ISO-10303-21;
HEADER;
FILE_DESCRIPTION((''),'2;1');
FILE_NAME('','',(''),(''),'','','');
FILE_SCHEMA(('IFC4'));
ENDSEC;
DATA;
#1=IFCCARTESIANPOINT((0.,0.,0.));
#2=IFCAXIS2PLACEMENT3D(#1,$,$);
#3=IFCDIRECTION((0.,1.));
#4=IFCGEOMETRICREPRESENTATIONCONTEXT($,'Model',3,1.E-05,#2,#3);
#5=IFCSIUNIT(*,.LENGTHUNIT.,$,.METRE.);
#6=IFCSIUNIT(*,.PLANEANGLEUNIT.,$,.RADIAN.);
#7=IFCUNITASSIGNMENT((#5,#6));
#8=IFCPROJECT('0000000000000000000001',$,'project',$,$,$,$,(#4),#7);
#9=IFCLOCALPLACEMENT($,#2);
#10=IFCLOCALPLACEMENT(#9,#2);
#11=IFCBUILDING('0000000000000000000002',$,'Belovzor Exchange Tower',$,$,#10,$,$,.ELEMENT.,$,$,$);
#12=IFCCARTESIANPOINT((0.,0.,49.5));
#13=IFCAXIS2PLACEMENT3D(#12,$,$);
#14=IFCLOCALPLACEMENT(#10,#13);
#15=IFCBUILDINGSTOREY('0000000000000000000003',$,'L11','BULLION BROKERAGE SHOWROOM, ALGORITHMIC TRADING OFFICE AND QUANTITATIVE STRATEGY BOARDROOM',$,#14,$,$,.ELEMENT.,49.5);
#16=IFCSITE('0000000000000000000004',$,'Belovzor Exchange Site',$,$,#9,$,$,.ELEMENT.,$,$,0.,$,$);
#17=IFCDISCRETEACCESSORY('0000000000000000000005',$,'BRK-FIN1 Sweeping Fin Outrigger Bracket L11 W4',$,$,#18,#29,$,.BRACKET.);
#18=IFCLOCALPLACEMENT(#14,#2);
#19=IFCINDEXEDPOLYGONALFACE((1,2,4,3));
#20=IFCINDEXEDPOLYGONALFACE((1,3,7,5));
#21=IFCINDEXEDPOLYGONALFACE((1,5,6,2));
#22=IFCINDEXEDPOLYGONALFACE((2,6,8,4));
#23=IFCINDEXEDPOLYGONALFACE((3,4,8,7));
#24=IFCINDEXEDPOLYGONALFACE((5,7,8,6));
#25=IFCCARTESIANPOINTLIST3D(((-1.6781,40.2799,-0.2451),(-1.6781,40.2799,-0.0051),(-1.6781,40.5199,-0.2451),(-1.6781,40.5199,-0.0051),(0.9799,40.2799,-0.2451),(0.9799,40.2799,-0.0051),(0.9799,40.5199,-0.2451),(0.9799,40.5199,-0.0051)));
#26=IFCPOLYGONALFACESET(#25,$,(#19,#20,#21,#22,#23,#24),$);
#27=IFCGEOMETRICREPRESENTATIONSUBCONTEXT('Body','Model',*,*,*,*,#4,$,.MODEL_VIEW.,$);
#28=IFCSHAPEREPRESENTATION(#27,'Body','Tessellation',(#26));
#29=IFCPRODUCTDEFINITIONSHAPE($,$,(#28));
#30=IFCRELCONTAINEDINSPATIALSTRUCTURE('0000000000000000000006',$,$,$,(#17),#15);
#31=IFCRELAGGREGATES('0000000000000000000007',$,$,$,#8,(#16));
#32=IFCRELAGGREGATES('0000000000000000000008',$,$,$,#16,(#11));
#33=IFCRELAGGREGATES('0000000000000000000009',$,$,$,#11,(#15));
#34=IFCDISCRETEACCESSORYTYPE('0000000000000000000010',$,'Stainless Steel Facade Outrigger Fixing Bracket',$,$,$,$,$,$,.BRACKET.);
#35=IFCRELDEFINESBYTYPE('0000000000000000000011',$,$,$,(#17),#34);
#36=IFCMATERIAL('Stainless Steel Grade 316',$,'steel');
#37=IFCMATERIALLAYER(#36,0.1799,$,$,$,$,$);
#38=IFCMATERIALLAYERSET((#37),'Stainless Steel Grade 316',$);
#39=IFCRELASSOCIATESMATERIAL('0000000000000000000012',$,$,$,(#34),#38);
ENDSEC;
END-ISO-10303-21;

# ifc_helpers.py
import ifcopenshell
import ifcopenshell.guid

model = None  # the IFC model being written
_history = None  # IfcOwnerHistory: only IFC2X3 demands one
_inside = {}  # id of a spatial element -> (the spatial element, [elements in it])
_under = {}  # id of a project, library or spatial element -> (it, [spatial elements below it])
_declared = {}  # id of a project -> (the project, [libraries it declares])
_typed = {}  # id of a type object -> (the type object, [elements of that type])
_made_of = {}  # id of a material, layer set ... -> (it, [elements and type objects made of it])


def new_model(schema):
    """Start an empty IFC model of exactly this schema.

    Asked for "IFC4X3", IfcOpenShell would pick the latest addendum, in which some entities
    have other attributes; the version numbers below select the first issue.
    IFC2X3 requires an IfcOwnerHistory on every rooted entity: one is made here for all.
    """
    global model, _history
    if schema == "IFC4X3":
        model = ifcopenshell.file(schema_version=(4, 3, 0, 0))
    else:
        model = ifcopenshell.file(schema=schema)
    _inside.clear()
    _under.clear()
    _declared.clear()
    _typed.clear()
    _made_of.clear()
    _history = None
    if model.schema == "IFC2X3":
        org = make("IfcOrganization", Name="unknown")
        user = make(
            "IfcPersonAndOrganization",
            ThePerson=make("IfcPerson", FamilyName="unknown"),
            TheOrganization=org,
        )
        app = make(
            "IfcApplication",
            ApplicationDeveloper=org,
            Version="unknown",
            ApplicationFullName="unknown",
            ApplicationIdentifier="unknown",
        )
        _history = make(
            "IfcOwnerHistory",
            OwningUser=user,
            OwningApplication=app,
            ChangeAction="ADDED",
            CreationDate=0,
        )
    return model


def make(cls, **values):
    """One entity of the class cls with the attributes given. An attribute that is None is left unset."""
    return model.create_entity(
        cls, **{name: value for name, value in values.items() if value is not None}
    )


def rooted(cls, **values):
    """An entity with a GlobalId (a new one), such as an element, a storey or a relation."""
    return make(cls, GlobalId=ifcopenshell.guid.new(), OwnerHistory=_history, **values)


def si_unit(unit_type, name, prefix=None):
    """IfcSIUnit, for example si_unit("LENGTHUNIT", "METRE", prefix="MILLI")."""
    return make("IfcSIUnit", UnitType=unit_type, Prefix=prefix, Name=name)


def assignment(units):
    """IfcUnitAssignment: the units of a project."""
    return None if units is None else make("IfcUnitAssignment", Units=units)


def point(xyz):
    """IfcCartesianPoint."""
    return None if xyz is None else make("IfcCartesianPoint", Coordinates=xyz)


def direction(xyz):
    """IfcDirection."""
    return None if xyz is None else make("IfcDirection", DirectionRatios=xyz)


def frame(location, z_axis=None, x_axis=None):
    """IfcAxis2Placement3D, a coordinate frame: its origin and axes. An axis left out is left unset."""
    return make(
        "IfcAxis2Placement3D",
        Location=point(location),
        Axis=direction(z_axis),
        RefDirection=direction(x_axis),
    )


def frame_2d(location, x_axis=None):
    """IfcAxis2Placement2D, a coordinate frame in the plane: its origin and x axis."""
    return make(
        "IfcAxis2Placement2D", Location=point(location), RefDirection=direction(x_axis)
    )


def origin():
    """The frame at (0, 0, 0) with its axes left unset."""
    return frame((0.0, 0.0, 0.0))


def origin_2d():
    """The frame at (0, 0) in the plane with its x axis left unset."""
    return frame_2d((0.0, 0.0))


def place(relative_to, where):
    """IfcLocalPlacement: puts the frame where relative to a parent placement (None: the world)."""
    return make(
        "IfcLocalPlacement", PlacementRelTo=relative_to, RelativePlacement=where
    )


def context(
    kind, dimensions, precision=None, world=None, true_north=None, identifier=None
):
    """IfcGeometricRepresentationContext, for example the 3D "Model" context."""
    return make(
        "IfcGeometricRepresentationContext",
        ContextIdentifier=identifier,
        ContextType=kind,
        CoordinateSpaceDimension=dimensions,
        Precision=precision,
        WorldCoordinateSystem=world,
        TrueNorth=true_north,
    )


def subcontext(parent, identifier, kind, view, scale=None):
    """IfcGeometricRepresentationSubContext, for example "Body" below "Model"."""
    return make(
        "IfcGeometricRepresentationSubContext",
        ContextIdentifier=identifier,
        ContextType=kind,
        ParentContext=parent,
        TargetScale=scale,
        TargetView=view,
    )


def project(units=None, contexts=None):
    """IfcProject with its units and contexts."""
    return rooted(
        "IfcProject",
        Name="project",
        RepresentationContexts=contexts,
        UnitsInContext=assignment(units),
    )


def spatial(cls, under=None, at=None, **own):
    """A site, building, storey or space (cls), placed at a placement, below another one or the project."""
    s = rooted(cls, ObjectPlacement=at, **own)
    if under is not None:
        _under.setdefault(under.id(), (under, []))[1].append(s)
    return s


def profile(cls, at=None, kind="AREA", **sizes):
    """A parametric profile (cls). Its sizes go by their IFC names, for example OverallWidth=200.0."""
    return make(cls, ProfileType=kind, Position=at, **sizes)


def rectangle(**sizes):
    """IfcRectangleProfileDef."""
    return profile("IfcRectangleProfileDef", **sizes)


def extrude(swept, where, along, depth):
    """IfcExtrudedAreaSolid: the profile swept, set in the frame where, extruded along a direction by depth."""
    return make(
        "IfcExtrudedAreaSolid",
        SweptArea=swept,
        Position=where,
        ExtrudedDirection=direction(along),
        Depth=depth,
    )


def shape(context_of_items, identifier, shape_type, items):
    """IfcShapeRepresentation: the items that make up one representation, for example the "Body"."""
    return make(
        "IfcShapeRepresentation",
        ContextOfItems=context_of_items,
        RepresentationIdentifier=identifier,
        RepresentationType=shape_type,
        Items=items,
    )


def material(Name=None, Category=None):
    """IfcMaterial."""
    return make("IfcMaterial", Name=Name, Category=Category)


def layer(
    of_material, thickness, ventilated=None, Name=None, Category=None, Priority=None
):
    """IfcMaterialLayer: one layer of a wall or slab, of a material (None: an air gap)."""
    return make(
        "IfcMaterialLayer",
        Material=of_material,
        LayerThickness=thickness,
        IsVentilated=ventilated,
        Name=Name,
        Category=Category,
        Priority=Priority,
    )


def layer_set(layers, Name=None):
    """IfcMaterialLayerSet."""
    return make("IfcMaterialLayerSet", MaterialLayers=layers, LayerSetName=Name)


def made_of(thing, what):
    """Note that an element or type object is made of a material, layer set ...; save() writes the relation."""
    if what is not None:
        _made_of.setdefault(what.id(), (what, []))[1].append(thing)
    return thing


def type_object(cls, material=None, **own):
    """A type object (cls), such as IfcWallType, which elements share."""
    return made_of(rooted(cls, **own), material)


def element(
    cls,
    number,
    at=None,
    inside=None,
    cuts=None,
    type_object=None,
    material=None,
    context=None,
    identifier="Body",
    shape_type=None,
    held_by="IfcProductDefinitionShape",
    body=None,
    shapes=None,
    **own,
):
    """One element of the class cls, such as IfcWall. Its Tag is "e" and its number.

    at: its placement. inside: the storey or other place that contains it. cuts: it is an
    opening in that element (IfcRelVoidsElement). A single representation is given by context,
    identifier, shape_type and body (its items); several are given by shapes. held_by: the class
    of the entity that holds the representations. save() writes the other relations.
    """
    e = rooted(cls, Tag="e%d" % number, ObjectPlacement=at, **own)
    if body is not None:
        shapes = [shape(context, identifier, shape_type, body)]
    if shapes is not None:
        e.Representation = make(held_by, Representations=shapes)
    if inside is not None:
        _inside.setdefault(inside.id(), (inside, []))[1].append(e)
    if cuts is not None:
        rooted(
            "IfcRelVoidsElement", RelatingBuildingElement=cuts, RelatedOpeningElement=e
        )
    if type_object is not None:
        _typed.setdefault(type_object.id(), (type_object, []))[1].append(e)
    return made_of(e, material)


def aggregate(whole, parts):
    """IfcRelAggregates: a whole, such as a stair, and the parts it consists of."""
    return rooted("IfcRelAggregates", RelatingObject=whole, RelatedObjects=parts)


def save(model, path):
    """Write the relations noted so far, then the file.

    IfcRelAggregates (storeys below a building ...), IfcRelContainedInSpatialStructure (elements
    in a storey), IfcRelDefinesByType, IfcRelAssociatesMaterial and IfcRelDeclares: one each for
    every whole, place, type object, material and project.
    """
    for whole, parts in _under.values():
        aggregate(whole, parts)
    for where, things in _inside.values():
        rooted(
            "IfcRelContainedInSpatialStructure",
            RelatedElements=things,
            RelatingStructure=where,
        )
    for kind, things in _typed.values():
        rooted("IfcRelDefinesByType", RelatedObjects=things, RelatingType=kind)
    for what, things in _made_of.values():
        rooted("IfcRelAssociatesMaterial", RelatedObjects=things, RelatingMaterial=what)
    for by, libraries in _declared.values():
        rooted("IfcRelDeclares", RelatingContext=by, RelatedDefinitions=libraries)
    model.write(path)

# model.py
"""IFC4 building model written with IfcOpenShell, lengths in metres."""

from ifc_helpers import new_model, si_unit, direction, frame, origin, origin_2d, place, context, subcontext, project, spatial, rectangle, extrude, material, layer, layer_set, type_object, element, save


model = new_model("IFC4")

# Units and contexts
model_context = context("Model", 3, precision=1e-05, world=origin(), true_north=direction((0.0, 1.0)))
body_context = subcontext(model_context, "Body", "Model", "MODEL_VIEW")
ifc_project = project(units=[si_unit("LENGTHUNIT", "METRE"), si_unit("PLANEANGLEUNIT", "RADIAN")], contexts=[model_context])

# Site, building, storey
site_placement = place(None, origin())
site = spatial("IfcSite", under=ifc_project, at=site_placement, Name="Belovzor Exchange Site", CompositionType="ELEMENT", RefElevation=0.0)
building_placement = place(site_placement, origin())
building = spatial("IfcBuilding", under=site, at=building_placement, Name="Belovzor Exchange Tower", CompositionType="ELEMENT")
storey_placement = place(building_placement, frame((0.0, 0.0, 49.5)))
storey = spatial("IfcBuildingStorey", under=building, at=storey_placement, Name="L11", Description="BULLION BROKERAGE SHOWROOM, ALGORITHMIC TRADING OFFICE AND QUANTITATIVE STRATEGY BOARDROOM", CompositionType="ELEMENT", Elevation=49.5)

# Discrete accessory
ifc_material_1 = material(Name="Stainless Steel Grade 316", Category="steel")
ifc_layer_1 = layer(ifc_material_1, 0.1799)
ifc_layer_set_1 = layer_set([ifc_layer_1], Name="Stainless Steel Grade 316")
discrete_accessory_type = type_object("IfcDiscreteAccessoryType", Name="Stainless Steel Facade Outrigger Fixing Bracket", PredefinedType="BRACKET", material=ifc_layer_set_1)
for number, where, z_axis, x_axis, name in (
    (1, (-0.3491, 40.3999, -0.2451), (0.0, 0.0, 1.0), (1.0, 0.0, 0.0), "BRK-FIN1 Sweeping Fin Outrigger Bracket L11 W4"),
):
    element("IfcDiscreteAccessory", number, at=place(storey_placement, frame(where, z_axis=z_axis, x_axis=x_axis)), inside=storey, type_object=discrete_accessory_type, Name=name, PredefinedType="BRACKET", context=body_context, shape_type="SweptSolid", body=[
        extrude(rectangle(XDim=2.658, YDim=0.24, at=origin_2d()), origin(), (0.0, 0.0, 1.0), 0.24),
    ])

save(model, "model.ifc")
